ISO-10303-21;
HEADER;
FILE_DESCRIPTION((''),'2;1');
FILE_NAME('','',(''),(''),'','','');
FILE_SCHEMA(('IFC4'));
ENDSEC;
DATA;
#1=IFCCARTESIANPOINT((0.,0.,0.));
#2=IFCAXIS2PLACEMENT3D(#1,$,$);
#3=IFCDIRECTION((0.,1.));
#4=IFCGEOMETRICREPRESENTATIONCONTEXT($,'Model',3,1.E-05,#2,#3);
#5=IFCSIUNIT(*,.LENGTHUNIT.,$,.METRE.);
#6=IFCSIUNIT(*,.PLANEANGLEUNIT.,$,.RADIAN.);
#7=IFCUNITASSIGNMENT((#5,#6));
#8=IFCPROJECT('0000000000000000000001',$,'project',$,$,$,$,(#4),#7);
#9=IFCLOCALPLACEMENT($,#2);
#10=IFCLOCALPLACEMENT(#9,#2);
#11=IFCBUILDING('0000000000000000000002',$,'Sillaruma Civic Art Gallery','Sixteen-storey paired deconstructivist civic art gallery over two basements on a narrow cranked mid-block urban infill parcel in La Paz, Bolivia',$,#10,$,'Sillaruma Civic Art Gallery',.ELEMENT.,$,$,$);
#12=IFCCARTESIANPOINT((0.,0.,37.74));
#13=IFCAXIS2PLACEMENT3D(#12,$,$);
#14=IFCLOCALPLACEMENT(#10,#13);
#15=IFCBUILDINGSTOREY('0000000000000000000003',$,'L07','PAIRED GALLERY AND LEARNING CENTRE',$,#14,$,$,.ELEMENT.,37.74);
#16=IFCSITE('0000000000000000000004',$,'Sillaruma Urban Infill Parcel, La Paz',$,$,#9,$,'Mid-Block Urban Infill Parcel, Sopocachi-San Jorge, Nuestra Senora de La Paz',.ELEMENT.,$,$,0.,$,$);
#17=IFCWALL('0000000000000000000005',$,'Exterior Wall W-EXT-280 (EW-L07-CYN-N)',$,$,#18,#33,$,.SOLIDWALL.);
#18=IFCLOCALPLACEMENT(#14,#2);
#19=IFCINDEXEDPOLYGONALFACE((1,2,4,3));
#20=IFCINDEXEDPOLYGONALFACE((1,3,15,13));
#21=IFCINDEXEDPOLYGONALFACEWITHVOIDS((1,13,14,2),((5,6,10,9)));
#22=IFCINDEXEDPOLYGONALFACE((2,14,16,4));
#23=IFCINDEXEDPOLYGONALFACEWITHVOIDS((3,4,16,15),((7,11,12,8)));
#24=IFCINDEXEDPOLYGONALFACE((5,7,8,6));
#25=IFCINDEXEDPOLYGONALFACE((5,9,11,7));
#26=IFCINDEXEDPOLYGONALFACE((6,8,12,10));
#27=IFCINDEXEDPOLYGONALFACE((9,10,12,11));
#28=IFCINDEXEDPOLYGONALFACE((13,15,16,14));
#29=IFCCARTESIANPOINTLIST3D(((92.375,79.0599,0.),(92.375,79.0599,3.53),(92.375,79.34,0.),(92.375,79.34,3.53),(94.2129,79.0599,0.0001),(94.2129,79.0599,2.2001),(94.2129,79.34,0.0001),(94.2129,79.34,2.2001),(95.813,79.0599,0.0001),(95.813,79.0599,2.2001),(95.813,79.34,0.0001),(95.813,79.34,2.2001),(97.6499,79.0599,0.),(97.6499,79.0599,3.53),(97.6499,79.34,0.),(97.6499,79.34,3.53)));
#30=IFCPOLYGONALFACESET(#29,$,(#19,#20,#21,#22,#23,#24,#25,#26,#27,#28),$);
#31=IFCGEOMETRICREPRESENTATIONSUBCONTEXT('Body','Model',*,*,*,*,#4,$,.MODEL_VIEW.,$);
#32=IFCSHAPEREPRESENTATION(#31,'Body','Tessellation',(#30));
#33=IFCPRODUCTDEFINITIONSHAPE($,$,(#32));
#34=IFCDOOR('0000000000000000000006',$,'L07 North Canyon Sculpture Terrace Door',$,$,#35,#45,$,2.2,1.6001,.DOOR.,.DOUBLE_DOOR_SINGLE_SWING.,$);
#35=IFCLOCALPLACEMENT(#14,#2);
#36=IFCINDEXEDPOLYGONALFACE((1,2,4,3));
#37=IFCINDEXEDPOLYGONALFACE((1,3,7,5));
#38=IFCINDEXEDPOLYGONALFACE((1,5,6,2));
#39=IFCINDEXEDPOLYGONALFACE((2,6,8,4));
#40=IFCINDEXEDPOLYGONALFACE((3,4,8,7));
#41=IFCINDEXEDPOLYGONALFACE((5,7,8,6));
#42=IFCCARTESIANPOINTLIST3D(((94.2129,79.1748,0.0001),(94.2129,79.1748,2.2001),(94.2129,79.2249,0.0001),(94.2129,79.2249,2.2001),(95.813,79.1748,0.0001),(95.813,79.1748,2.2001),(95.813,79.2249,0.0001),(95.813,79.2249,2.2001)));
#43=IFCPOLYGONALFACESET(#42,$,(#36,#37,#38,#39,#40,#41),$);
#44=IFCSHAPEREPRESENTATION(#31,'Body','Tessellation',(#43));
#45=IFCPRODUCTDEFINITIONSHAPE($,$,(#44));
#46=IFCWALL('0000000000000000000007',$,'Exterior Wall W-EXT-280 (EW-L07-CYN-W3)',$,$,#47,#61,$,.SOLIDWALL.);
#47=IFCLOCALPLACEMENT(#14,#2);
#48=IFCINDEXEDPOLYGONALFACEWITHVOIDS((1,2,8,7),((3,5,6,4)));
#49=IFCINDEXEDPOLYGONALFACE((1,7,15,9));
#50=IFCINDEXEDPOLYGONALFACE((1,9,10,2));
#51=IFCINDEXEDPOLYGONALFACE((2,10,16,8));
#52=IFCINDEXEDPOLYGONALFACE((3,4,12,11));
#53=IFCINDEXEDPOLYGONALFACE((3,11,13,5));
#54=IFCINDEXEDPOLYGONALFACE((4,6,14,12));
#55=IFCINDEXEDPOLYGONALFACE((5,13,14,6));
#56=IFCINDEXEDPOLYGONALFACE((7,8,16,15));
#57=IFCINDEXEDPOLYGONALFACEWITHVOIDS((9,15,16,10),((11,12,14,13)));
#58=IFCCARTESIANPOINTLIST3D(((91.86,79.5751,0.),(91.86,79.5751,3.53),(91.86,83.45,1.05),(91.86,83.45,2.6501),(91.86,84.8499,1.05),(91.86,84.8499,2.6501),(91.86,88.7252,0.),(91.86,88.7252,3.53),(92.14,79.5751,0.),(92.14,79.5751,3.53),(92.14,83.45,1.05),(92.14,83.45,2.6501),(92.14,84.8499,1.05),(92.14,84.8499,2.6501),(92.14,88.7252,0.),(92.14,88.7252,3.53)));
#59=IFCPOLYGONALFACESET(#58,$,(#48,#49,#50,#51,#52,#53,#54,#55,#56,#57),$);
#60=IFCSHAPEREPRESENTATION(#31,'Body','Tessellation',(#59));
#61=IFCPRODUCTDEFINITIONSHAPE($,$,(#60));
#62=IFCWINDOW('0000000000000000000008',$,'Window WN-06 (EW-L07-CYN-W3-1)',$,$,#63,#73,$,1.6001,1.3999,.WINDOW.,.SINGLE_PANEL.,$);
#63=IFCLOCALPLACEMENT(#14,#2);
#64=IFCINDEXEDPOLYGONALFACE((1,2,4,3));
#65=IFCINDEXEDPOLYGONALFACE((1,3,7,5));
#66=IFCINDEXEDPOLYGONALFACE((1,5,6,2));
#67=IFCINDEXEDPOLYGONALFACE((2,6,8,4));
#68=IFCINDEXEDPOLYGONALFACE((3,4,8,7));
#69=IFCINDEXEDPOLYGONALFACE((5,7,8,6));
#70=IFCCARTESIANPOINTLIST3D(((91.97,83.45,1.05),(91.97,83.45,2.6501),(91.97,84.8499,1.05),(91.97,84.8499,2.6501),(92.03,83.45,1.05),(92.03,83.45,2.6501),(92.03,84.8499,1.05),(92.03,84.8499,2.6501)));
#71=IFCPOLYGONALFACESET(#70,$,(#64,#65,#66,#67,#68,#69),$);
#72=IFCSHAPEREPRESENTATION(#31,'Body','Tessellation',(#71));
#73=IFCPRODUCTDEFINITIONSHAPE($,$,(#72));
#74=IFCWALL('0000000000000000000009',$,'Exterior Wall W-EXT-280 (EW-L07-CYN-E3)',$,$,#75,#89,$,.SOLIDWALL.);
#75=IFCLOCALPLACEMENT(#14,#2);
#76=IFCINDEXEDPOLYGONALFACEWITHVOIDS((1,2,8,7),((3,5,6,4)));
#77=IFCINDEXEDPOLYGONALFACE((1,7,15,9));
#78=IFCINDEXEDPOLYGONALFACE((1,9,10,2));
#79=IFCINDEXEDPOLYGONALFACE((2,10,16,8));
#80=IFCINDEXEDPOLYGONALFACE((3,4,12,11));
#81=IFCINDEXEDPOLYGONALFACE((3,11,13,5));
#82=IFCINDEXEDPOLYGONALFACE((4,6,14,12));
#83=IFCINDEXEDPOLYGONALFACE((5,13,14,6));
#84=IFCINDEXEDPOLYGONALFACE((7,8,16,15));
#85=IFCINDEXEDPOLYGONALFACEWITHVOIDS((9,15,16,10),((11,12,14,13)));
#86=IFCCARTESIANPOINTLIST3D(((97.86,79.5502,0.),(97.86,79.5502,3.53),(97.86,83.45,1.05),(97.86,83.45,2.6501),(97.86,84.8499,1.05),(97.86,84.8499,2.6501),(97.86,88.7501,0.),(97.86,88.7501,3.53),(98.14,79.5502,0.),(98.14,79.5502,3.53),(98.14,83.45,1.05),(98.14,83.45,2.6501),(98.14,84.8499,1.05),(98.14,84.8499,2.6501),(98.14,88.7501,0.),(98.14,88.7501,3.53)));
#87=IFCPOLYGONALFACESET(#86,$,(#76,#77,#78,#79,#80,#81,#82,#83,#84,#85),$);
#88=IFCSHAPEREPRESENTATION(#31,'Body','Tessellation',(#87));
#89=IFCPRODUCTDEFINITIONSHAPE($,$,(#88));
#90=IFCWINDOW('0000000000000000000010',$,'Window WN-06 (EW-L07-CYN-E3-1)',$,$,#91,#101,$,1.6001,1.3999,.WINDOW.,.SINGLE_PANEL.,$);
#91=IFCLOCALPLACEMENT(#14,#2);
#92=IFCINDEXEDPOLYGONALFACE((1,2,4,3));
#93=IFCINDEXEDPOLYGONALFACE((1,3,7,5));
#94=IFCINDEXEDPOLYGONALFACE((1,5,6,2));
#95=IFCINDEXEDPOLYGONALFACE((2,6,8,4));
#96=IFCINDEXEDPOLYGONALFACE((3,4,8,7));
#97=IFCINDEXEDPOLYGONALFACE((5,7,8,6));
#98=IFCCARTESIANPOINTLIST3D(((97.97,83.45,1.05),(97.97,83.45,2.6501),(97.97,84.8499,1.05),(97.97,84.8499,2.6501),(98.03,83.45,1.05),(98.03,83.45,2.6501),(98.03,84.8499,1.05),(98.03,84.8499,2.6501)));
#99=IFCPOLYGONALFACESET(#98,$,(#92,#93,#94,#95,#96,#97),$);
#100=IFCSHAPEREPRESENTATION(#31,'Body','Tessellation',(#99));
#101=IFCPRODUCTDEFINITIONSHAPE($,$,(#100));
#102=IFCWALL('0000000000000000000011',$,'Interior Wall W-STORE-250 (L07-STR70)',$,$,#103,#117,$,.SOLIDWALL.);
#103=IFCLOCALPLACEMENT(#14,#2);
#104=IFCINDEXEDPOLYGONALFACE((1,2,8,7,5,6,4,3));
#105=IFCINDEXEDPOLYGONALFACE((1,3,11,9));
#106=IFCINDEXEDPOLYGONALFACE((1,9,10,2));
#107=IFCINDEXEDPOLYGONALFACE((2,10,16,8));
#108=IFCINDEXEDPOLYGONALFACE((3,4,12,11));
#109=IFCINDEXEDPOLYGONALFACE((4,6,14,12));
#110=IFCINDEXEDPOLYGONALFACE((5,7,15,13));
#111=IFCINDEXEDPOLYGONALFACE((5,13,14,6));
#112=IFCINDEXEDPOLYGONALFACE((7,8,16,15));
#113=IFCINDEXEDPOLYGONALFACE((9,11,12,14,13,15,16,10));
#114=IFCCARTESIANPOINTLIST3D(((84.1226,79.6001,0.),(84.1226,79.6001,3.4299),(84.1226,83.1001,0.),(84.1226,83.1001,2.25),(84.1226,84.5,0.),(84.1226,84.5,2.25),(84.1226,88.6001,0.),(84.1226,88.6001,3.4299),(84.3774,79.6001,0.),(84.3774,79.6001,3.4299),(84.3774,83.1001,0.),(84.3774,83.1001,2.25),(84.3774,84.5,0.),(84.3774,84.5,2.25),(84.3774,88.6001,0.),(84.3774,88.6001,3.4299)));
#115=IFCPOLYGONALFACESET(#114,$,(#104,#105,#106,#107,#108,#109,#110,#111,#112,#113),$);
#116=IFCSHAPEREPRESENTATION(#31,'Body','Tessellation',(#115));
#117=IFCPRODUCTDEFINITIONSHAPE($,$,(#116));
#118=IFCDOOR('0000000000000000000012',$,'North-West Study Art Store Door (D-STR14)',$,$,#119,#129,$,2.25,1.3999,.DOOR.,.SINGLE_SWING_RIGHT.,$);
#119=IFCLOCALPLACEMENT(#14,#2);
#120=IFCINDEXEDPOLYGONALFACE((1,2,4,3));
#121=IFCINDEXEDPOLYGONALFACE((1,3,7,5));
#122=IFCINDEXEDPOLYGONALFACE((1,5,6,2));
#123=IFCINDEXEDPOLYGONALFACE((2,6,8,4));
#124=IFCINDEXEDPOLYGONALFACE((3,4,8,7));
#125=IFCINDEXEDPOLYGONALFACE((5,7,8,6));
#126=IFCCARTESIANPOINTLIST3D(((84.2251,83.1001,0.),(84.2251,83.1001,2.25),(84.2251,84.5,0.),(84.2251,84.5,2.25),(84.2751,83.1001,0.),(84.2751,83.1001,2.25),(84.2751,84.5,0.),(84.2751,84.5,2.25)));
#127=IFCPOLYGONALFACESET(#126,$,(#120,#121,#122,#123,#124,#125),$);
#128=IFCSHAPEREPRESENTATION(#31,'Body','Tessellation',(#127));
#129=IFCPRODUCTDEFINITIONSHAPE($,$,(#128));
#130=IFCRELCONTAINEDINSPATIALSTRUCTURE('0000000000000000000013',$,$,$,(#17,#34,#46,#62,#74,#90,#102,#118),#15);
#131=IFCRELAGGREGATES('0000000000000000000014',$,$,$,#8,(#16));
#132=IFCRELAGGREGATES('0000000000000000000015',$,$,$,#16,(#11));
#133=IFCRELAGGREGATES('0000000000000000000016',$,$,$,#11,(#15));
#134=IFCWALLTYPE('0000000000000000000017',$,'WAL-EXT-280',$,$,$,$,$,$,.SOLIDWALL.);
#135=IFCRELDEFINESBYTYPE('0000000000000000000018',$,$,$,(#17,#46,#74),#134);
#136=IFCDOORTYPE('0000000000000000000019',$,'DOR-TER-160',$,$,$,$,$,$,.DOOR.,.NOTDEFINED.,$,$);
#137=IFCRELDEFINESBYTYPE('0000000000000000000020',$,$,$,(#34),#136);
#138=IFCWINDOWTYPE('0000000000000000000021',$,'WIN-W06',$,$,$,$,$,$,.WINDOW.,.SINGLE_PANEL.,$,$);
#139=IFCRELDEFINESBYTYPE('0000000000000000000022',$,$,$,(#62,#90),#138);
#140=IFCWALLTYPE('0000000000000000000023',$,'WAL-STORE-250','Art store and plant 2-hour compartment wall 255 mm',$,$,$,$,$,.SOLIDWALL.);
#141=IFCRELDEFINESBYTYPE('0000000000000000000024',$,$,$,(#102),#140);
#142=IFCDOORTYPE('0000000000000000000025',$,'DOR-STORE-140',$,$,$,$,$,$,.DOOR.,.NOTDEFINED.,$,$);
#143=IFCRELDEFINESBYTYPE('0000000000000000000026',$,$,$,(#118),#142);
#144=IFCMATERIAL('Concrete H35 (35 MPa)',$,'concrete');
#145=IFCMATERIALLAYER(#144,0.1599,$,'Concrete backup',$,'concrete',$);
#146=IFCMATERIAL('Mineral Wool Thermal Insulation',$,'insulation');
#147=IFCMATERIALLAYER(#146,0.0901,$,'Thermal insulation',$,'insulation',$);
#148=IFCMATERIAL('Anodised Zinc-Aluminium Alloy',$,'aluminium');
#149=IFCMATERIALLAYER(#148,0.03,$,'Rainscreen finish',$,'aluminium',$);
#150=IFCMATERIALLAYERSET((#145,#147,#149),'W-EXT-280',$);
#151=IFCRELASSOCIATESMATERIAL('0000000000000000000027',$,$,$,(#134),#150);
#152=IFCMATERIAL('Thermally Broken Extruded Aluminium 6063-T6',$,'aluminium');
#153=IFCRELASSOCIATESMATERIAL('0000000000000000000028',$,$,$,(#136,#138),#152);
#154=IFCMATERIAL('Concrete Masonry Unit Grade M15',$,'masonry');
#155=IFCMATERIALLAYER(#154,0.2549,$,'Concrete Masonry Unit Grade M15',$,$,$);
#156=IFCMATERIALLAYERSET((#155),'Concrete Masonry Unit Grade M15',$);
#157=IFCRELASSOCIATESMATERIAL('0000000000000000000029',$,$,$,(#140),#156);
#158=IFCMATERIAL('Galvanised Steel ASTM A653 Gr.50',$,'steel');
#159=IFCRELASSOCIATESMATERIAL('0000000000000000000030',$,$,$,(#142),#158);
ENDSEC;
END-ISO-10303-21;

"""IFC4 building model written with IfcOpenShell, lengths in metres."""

from ifc_helpers import new_model, si_unit, direction, frame, frame_2d, origin, place, context, subcontext, project, spatial, rectangle, extrude, material, layer, layer_set, type_object, element, fill, save


model = new_model("IFC4")

# Units and contexts
model_context = context("Model", 3, precision=1e-05, world=origin(), true_north=direction((0.0, 1.0)))
body_context = subcontext(model_context, "Body", "Model", "MODEL_VIEW")
ifc_project = project(units=[si_unit("LENGTHUNIT", "METRE"), si_unit("PLANEANGLEUNIT", "RADIAN")], contexts=[model_context])

# Site, building, storey
site_placement = place(None, origin())
site = spatial("IfcSite", under=ifc_project, at=site_placement, Name="Sillaruma Urban Infill Parcel, La Paz", LongName="Mid-Block Urban Infill Parcel, Sopocachi-San Jorge, Nuestra Senora de La Paz", CompositionType="ELEMENT", RefElevation=0.0)
building_placement = place(site_placement, origin())
building = spatial("IfcBuilding", under=site, at=building_placement, Name="Sillaruma Civic Art Gallery", Description="Sixteen-storey paired deconstructivist civic art gallery over two basements on a narrow cranked mid-block urban infill parcel in La Paz, Bolivia", LongName="Sillaruma Civic Art Gallery", CompositionType="ELEMENT")
storey_placement = place(building_placement, frame((0.0, 0.0, 37.74)))
storey = spatial("IfcBuildingStorey", under=building, at=storey_placement, Name="L07", Description="PAIRED GALLERY AND LEARNING CENTRE", CompositionType="ELEMENT", Elevation=37.74)

# Shared definitions
ifc_material_1 = material(Name="Concrete H35 (35 MPa)", Category="concrete")

# Wall, opening, door
ifc_layer_1 = layer(ifc_material_1, 0.1599, Name="Concrete backup", Category="concrete")
ifc_material_2 = material(Name="Mineral Wool Thermal Insulation", Category="insulation")
ifc_layer_2 = layer(ifc_material_2, 0.0901, Name="Thermal insulation", Category="insulation")
ifc_material_3 = material(Name="Anodised Zinc-Aluminium Alloy", Category="aluminium")
ifc_layer_3 = layer(ifc_material_3, 0.03, Name="Rainscreen finish", Category="aluminium")
ifc_layer_set_1 = layer_set([ifc_layer_1, ifc_layer_2, ifc_layer_3], Name="W-EXT-280")
wall_type_1 = type_object("IfcWallType", Name="WAL-EXT-280", PredefinedType="SOLIDWALL", material=ifc_layer_set_1)
wall_1_placement = place(storey_placement, frame((92.375, 79.2, 0.0), z_axis=(0.0, 0.0, 1.0), x_axis=(1.0, 0.0, 0.0)))
wall_1 = element("IfcWall", 1, at=wall_1_placement, inside=storey, type_object=wall_type_1, Name="Exterior Wall W-EXT-280 (EW-L07-CYN-N)", PredefinedType="SOLIDWALL", context=body_context, shape_type="SweptSolid", body=[
    extrude(rectangle(XDim=5.2749, YDim=0.28, at=frame_2d((2.6375, 0.0))), origin(), (0.0, 0.0, 1.0), 3.53),
])
opening_1_placement = place(wall_1_placement, frame((1.8379, 0.0, 0.0)))
opening_1 = element("IfcOpeningElement", 2, at=opening_1_placement, cuts=wall_1, PredefinedType="OPENING", context=body_context, shape_type="SweptSolid", body=[
    extrude(rectangle(XDim=1.6001, YDim=2.2, at=frame_2d((0.8, 1.1001))), frame((0.0, 0.1499, 0.0), z_axis=(0.0, -1.0, 0.0), x_axis=(1.0, 0.0, 0.0)), (0.0, 0.0, 1.0), 0.3),
])
ifc_material_4 = material(Name="Thermally Broken Extruded Aluminium 6063-T6", Category="aluminium")
door_type_1 = type_object("IfcDoorType", Name="DOR-TER-160", OperationType="NOTDEFINED", PredefinedType="DOOR", material=ifc_material_4)
door_1_placement = place(opening_1_placement, origin())
door_1 = element("IfcDoor", 3, at=door_1_placement, inside=storey, type_object=door_type_1, Name="L07 North Canyon Sculpture Terrace Door", OperationType="DOUBLE_DOOR_SINGLE_SWING", OverallHeight=2.2, OverallWidth=1.6001, PredefinedType="DOOR", context=body_context, shape_type="SweptSolid", body=[
    extrude(rectangle(XDim=1.6001, YDim=2.2, at=frame_2d((0.8, 1.1001))), frame((0.0, 0.0249, 0.0), z_axis=(0.0, -1.0, 0.0), x_axis=(1.0, 0.0, 0.0)), (0.0, 0.0, 1.0), 0.05),
])
fill(opening_1, door_1)

# Walls, openings, windows
wall_2_placement = place(storey_placement, frame((92.0, 79.575, 0.0), z_axis=(0.0, 0.0, 1.0), x_axis=(0.0, 1.0, 0.0)))
wall_2 = element("IfcWall", 4, at=wall_2_placement, inside=storey, type_object=wall_type_1, Name="Exterior Wall W-EXT-280 (EW-L07-CYN-W3)", PredefinedType="SOLIDWALL", context=body_context, shape_type="SweptSolid", body=[
    extrude(rectangle(XDim=9.1501, YDim=0.28, at=frame_2d((4.5752, 0.0))), origin(), (0.0, 0.0, 1.0), 3.53),
])
opening_2_placement = place(wall_2_placement, frame((3.875, 0.0, 1.05)))
opening_2 = element("IfcOpeningElement", 5, at=opening_2_placement, cuts=wall_2, PredefinedType="OPENING", context=body_context, shape_type="SweptSolid", body=[
    extrude(rectangle(XDim=1.3999, YDim=1.6001, at=frame_2d((0.7, 0.8))), frame((0.0, 0.1499, 0.0), z_axis=(0.0, -1.0, 0.0), x_axis=(1.0, 0.0, 0.0)), (0.0, 0.0, 1.0), 0.3),
])
window_type = type_object("IfcWindowType", Name="WIN-W06", PartitioningType="SINGLE_PANEL", PredefinedType="WINDOW", material=ifc_material_4)
window_1_placement = place(opening_2_placement, origin())
window_1 = element("IfcWindow", 6, at=window_1_placement, inside=storey, type_object=window_type, Name="Window WN-06 (EW-L07-CYN-W3-1)", OverallHeight=1.6001, OverallWidth=1.3999, PartitioningType="SINGLE_PANEL", PredefinedType="WINDOW", context=body_context, shape_type="SweptSolid", body=[
    extrude(rectangle(XDim=1.3999, YDim=1.6001, at=frame_2d((0.7, 0.8))), frame((0.0, 0.03, 0.0), z_axis=(0.0, -1.0, 0.0), x_axis=(1.0, 0.0, 0.0)), (0.0, 0.0, 1.0), 0.0601),
])
fill(opening_2, window_1)
wall_3_placement = place(storey_placement, frame((98.0, 79.55, 0.0), z_axis=(0.0, 0.0, 1.0), x_axis=(0.0, 1.0, 0.0)))
wall_3 = element("IfcWall", 7, at=wall_3_placement, inside=storey, type_object=wall_type_1, Name="Exterior Wall W-EXT-280 (EW-L07-CYN-E3)", PredefinedType="SOLIDWALL", context=body_context, shape_type="SweptSolid", body=[
    extrude(rectangle(XDim=9.2, YDim=0.28, at=frame_2d((4.6001, 0.0))), origin(), (0.0, 0.0, 1.0), 3.53),
])
opening_3_placement = place(wall_3_placement, frame((3.8999, 0.0, 1.05)))
opening_3 = element("IfcOpeningElement", 8, at=opening_3_placement, cuts=wall_3, PredefinedType="OPENING", context=body_context, shape_type="SweptSolid", body=[
    extrude(rectangle(XDim=1.3999, YDim=1.6001, at=frame_2d((0.7, 0.8))), frame((0.0, 0.1499, 0.0), z_axis=(0.0, -1.0, 0.0), x_axis=(1.0, 0.0, 0.0)), (0.0, 0.0, 1.0), 0.3),
])
window_2_placement = place(opening_3_placement, origin())
window_2 = element("IfcWindow", 9, at=window_2_placement, inside=storey, type_object=window_type, Name="Window WN-06 (EW-L07-CYN-E3-1)", OverallHeight=1.6001, OverallWidth=1.3999, PartitioningType="SINGLE_PANEL", PredefinedType="WINDOW", context=body_context, shape_type="SweptSolid", body=[
    extrude(rectangle(XDim=1.3999, YDim=1.6001, at=frame_2d((0.7, 0.8))), frame((0.0, 0.03, 0.0), z_axis=(0.0, -1.0, 0.0), x_axis=(1.0, 0.0, 0.0)), (0.0, 0.0, 1.0), 0.0601),
])
fill(opening_3, window_2)

# Wall, opening, door
ifc_material_5 = material(Name="Concrete Masonry Unit Grade M15", Category="masonry")
ifc_layer_4 = layer(ifc_material_5, 0.2549, Name="Concrete Masonry Unit Grade M15")
ifc_layer_set_2 = layer_set([ifc_layer_4], Name="Concrete Masonry Unit Grade M15")
wall_type_2 = type_object("IfcWallType", Name="WAL-STORE-250", Description="Art store and plant 2-hour compartment wall 255 mm", PredefinedType="SOLIDWALL", material=ifc_layer_set_2)
wall_4_placement = place(storey_placement, frame((84.25, 79.6001, 0.0), z_axis=(0.0, 0.0, 1.0), x_axis=(0.0, 1.0, 0.0)))
wall_4 = element("IfcWall", 10, at=wall_4_placement, inside=storey, type_object=wall_type_2, Name="Interior Wall W-STORE-250 (L07-STR70)", PredefinedType="SOLIDWALL", context=body_context, shape_type="SweptSolid", body=[
    extrude(rectangle(XDim=9.0, YDim=0.2549, at=frame_2d((4.5, 0.0))), origin(), (0.0, 0.0, 1.0), 3.4299),
])
opening_4_placement = place(wall_4_placement, frame((3.5, 0.0, 0.0)))
opening_4 = element("IfcOpeningElement", 11, at=opening_4_placement, cuts=wall_4, PredefinedType="OPENING", context=body_context, shape_type="SweptSolid", body=[
    extrude(rectangle(XDim=1.3999, YDim=2.25, at=frame_2d((0.7, 1.125))), frame((0.0, 0.1375, 0.0), z_axis=(0.0, -1.0, 0.0), x_axis=(1.0, 0.0, 0.0)), (0.0, 0.0, 1.0), 0.2749),
])
ifc_material_6 = material(Name="Galvanised Steel ASTM A653 Gr.50", Category="steel")
door_type_2 = type_object("IfcDoorType", Name="DOR-STORE-140", OperationType="NOTDEFINED", PredefinedType="DOOR", material=ifc_material_6)
door_2_placement = place(opening_4_placement, origin())
door_2 = element("IfcDoor", 12, at=door_2_placement, inside=storey, type_object=door_type_2, Name="North-West Study Art Store Door (D-STR14)", OperationType="SINGLE_SWING_RIGHT", OverallHeight=2.25, OverallWidth=1.3999, PredefinedType="DOOR", context=body_context, shape_type="SweptSolid", body=[
    extrude(rectangle(XDim=1.3999, YDim=2.25, at=frame_2d((0.7, 1.125))), frame((0.0, 0.0249, 0.0), z_axis=(0.0, -1.0, 0.0), x_axis=(1.0, 0.0, 0.0)), (0.0, 0.0, 1.0), 0.05),
])
fill(opening_4, door_2)

save(model, "model.ifc")
